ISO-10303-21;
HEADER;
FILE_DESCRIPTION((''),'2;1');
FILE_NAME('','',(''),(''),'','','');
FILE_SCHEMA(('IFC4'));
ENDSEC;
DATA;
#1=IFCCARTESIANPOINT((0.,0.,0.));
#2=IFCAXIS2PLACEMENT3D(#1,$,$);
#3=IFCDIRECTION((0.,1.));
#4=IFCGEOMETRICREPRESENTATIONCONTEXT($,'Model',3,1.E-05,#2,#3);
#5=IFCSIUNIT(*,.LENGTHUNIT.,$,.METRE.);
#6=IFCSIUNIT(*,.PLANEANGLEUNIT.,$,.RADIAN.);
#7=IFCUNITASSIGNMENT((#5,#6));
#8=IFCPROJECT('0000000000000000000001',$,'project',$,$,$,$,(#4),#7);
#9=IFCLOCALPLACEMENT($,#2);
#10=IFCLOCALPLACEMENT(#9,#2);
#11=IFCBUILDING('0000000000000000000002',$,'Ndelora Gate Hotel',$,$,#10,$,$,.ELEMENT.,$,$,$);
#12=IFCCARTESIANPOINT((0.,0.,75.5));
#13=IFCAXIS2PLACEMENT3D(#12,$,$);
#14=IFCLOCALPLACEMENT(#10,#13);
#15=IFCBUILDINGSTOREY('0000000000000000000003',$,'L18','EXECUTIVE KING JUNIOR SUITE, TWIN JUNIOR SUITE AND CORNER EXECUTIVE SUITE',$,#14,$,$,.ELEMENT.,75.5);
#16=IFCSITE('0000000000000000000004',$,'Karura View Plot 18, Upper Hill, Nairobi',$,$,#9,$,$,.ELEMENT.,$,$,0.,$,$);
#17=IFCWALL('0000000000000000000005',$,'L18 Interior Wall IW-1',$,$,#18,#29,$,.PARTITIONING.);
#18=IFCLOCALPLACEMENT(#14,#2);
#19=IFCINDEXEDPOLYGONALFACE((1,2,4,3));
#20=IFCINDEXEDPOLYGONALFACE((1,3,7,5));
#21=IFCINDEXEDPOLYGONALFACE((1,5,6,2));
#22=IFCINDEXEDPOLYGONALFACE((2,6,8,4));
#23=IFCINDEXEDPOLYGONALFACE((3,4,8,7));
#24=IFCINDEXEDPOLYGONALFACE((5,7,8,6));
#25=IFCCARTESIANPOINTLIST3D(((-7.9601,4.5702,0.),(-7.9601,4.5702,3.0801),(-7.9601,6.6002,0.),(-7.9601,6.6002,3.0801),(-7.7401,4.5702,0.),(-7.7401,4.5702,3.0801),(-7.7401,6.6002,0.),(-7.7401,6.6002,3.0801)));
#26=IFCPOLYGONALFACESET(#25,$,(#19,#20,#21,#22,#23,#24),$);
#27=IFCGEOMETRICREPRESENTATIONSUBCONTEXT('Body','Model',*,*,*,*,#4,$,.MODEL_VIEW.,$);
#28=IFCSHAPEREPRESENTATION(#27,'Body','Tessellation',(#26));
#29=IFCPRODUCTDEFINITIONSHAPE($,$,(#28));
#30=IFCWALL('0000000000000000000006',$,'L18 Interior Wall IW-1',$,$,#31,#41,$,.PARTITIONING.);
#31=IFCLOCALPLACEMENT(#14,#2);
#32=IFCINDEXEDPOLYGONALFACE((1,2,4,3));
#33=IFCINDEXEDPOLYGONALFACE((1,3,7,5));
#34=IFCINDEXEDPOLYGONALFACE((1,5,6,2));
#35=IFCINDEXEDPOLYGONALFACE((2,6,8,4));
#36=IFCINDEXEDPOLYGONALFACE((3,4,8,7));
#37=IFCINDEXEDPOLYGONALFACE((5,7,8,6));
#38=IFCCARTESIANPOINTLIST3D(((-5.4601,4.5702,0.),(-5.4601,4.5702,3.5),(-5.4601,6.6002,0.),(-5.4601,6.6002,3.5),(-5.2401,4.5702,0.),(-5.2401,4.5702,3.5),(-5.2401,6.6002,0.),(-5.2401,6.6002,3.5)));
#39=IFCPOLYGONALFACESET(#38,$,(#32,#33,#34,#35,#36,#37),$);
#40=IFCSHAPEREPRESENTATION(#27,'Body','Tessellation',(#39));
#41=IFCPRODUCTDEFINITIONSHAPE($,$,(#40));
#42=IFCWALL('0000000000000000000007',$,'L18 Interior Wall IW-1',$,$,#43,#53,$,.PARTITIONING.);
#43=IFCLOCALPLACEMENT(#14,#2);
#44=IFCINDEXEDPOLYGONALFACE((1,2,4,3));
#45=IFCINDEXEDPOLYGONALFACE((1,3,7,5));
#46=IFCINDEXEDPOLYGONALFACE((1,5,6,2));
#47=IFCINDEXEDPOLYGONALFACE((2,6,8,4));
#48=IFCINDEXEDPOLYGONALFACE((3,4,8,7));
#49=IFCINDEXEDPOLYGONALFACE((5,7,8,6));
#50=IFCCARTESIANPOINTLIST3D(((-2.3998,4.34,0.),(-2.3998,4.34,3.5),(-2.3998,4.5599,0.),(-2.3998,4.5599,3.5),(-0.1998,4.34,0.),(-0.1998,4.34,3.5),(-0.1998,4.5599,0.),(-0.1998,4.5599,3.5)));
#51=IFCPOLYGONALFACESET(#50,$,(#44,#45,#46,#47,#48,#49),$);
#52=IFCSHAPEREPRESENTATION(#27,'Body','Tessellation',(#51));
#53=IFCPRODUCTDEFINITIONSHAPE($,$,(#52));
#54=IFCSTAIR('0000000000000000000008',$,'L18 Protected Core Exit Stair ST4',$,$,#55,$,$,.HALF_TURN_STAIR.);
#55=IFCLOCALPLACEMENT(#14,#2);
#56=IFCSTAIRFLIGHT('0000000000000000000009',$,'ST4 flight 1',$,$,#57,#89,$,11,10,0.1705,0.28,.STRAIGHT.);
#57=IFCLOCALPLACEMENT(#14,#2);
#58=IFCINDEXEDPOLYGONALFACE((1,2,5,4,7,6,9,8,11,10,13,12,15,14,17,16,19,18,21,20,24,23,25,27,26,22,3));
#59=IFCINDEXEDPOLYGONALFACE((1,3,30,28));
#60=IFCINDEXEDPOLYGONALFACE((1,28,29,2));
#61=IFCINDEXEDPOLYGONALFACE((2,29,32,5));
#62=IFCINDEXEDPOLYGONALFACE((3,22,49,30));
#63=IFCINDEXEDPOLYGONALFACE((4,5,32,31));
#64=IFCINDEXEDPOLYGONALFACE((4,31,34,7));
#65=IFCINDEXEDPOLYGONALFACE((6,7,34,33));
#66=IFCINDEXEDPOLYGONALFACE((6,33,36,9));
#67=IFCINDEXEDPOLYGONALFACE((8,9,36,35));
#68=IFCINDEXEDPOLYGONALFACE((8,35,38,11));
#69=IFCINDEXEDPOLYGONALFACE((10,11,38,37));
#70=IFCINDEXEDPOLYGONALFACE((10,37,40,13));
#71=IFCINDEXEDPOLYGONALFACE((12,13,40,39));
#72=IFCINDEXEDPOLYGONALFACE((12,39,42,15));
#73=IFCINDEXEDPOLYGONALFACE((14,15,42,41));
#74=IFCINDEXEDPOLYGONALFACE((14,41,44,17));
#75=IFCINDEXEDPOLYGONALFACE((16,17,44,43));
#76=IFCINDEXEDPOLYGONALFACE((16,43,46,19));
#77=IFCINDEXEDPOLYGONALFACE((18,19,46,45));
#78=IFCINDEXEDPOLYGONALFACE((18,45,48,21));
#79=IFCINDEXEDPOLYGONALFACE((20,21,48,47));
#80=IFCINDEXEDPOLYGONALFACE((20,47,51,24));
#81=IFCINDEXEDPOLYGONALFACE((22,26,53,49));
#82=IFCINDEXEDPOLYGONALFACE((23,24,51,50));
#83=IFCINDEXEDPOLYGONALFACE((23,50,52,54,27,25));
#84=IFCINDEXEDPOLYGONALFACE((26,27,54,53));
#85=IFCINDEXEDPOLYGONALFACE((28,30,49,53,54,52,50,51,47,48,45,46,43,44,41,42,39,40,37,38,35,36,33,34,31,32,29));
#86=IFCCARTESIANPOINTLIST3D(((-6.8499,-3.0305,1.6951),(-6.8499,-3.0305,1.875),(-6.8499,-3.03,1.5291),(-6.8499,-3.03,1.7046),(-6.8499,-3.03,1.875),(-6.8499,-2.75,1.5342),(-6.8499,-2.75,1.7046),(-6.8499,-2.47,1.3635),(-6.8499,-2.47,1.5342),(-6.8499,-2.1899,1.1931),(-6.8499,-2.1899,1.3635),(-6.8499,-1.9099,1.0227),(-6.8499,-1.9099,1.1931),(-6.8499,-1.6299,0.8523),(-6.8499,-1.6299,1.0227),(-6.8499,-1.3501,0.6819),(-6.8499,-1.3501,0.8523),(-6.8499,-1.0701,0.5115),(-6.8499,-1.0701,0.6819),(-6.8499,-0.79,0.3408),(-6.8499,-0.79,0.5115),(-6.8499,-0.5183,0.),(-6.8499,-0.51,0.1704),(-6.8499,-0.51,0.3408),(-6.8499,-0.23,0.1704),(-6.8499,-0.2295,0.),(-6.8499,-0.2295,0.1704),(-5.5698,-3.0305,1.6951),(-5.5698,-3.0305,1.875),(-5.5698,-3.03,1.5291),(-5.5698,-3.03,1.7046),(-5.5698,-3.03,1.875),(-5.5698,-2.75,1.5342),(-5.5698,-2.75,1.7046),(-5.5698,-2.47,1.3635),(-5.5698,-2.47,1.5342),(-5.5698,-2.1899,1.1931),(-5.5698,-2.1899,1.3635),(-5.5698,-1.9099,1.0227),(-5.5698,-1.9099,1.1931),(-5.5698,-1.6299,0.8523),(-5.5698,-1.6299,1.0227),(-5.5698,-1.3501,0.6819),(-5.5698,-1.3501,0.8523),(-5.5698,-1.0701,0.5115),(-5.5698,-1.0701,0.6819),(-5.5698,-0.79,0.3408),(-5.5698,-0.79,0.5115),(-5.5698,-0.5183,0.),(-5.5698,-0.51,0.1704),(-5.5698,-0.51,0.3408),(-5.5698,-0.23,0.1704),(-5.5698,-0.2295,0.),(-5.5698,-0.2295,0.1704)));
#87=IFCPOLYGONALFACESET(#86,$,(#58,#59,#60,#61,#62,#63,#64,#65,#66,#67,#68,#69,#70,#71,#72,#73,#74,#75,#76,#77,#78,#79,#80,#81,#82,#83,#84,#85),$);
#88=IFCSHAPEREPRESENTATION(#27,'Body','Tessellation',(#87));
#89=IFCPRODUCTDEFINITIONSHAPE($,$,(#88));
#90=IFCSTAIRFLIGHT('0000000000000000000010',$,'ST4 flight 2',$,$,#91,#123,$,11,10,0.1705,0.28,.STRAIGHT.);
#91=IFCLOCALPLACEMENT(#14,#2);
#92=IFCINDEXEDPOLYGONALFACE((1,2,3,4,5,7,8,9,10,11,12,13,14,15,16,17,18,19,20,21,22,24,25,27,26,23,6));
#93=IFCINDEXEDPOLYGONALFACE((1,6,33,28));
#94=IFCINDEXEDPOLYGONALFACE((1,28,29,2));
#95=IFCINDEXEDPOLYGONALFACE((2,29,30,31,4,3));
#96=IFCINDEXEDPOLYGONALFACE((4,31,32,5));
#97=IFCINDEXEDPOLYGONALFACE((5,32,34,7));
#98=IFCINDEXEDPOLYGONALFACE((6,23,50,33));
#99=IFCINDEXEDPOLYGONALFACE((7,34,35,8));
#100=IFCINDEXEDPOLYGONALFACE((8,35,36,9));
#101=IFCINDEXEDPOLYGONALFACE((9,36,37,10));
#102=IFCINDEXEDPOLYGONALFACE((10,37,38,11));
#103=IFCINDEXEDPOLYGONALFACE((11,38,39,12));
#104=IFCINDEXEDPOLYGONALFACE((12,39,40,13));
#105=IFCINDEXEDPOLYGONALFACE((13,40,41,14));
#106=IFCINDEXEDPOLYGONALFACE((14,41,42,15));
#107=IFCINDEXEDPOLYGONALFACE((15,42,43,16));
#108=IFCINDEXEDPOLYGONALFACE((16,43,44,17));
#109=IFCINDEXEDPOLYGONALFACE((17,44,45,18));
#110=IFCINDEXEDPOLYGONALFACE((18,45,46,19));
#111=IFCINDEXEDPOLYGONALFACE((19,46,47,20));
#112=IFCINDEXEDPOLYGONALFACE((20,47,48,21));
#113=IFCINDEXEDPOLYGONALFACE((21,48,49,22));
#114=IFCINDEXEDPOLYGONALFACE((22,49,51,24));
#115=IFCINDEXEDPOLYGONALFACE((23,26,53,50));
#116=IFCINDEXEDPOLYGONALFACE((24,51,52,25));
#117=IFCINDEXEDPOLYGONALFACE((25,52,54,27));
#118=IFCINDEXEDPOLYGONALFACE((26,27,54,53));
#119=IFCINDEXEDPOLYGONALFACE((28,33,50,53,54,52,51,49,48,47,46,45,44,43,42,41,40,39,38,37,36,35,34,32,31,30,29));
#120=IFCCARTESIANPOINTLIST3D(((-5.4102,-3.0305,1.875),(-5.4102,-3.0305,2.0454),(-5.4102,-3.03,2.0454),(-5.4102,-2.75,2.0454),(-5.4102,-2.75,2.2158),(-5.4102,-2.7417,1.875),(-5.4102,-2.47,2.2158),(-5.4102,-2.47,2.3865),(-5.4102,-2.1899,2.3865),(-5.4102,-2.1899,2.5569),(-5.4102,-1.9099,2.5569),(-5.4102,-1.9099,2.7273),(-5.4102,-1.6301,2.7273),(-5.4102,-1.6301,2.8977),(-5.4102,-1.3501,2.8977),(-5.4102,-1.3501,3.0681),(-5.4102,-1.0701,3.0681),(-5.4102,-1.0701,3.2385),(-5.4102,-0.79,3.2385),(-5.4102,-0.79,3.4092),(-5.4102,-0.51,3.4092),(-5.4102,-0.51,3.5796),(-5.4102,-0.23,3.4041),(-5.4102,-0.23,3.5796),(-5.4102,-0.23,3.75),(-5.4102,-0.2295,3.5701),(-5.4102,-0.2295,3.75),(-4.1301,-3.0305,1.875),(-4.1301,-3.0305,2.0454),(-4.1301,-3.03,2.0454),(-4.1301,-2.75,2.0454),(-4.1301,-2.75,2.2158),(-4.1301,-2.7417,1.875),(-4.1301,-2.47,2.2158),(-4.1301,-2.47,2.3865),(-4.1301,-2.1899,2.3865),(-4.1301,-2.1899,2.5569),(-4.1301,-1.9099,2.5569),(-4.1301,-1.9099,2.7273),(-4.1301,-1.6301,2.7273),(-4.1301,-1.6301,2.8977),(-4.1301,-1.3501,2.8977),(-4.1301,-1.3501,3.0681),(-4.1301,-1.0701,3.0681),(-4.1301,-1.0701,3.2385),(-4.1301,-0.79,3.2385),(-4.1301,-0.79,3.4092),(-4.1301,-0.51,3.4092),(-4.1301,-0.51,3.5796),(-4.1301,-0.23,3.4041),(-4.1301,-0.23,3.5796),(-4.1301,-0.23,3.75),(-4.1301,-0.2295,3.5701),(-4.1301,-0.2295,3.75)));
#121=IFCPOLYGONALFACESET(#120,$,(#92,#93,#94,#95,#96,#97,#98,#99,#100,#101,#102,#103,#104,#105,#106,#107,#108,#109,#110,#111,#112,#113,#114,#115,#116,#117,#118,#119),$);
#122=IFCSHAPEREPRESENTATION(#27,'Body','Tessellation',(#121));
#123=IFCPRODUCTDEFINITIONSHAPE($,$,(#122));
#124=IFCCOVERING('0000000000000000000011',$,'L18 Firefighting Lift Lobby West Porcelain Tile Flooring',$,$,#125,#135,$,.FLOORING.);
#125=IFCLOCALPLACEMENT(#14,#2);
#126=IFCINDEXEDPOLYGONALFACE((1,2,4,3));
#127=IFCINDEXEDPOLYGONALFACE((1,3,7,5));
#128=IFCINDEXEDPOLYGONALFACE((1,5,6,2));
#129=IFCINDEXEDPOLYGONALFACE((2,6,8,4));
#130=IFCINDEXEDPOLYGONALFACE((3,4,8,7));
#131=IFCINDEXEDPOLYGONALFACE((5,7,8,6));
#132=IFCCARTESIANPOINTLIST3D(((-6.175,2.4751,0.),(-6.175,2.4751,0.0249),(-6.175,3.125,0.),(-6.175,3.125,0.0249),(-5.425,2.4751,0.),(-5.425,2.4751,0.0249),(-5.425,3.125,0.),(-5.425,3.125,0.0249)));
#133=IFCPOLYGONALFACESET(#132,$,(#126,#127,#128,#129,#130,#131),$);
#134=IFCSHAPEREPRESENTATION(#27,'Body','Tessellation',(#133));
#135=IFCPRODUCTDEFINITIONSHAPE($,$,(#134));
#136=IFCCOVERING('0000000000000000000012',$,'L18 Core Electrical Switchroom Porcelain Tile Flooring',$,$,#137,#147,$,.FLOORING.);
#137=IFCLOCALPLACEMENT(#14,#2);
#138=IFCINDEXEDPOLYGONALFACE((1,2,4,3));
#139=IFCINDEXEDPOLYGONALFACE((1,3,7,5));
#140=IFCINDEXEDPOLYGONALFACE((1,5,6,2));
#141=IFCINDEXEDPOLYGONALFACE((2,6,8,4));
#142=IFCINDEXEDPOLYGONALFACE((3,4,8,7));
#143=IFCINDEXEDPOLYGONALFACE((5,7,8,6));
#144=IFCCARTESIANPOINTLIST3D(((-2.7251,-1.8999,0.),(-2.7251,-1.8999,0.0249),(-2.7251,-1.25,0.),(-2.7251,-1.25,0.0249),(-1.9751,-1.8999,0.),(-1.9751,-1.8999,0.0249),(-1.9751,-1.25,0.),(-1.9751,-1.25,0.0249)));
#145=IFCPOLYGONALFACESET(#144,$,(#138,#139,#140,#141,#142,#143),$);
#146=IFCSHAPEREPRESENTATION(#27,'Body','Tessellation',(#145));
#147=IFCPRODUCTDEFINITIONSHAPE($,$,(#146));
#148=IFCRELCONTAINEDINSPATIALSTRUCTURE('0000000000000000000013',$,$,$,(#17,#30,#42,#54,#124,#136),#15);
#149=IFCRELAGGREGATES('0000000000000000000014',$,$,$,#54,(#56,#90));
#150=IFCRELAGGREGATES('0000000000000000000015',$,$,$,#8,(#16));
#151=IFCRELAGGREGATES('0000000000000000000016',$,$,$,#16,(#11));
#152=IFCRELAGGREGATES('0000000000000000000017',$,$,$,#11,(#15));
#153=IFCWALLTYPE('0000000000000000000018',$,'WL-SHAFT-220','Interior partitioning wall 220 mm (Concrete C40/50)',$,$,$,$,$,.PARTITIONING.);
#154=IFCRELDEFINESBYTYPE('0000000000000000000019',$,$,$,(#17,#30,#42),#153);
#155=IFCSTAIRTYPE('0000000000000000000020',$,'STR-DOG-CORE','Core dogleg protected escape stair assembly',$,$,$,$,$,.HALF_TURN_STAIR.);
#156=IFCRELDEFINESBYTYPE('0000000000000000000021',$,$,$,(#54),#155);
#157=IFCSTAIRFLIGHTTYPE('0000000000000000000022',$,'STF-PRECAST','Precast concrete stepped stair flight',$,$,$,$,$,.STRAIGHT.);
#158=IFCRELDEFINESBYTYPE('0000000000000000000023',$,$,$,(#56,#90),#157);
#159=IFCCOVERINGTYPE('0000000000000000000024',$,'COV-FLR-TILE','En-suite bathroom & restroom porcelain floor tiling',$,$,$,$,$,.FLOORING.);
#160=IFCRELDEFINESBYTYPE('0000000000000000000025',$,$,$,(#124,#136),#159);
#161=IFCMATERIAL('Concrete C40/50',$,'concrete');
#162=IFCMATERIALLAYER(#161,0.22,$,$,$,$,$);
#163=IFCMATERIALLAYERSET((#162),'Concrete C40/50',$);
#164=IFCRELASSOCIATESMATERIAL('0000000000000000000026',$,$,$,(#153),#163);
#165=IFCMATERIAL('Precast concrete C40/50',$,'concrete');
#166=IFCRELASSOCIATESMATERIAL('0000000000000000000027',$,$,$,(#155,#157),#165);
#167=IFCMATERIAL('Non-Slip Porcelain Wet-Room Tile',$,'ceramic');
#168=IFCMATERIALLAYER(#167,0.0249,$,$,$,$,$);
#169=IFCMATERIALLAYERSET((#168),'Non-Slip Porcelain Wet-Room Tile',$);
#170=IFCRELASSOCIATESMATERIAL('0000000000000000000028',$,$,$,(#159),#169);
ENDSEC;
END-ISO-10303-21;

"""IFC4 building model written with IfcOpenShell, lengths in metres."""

from ifc_helpers import new_model, si_unit, direction, frame, frame_2d, origin, origin_2d, place, context, subcontext, project, spatial, polyline, rectangle, outline, extrude, material, layer, layer_set, type_object, element, aggregate, save


model = new_model("IFC4")

# Units and contexts
model_context = context("Model", 3, precision=1e-05, world=origin(), true_north=direction((0.0, 1.0)))
body_context = subcontext(model_context, "Body", "Model", "MODEL_VIEW")
ifc_project = project(units=[si_unit("LENGTHUNIT", "METRE"), si_unit("PLANEANGLEUNIT", "RADIAN")], contexts=[model_context])

# Site, building, storey
site_placement = place(None, origin())
site = spatial("IfcSite", under=ifc_project, at=site_placement, Name="Karura View Plot 18, Upper Hill, Nairobi", CompositionType="ELEMENT", RefElevation=0.0)
building_placement = place(site_placement, origin())
building = spatial("IfcBuilding", under=site, at=building_placement, Name="Ndelora Gate Hotel", CompositionType="ELEMENT")
storey_placement = place(building_placement, frame((0.0, 0.0, 75.5)))
storey = spatial("IfcBuildingStorey", under=building, at=storey_placement, Name="L18", Description="EXECUTIVE KING JUNIOR SUITE, TWIN JUNIOR SUITE AND CORNER EXECUTIVE SUITE", CompositionType="ELEMENT", Elevation=75.5)

# Shared definitions
ifc_material_1 = material(Name="Concrete C40/50", Category="concrete")

# Walls
ifc_layer_1 = layer(ifc_material_1, 0.22)
ifc_layer_set_1 = layer_set([ifc_layer_1], Name="Concrete C40/50")
wall_type_1 = type_object("IfcWallType", Name="WL-SHAFT-220", Description="Interior partitioning wall 220 mm (Concrete C40/50)", PredefinedType="PARTITIONING", material=ifc_layer_set_1)
wall_1_placement = place(storey_placement, frame((-7.8501, 4.5701, 0.0), z_axis=(0.0, 0.0, 1.0), x_axis=(0.0, 1.0, 0.0)))
element("IfcWall", 1, at=wall_1_placement, inside=storey, type_object=wall_type_1, Name="L18 Interior Wall IW-1", PredefinedType="PARTITIONING", context=body_context, shape_type="SweptSolid", body=[
    extrude(rectangle(XDim=2.03, YDim=0.22, at=frame_2d((1.0151, 0.0))), origin(), (0.0, 0.0, 1.0), 3.0801),
])
wall_2_placement = place(storey_placement, frame((-5.3501, 4.5701, 0.0), z_axis=(0.0, 0.0, 1.0), x_axis=(0.0, 1.0, 0.0)))
element("IfcWall", 2, at=wall_2_placement, inside=storey, type_object=wall_type_1, Name="L18 Interior Wall IW-1", PredefinedType="PARTITIONING", context=body_context, shape_type="SweptSolid", body=[
    extrude(rectangle(XDim=2.03, YDim=0.22, at=frame_2d((1.0151, 0.0))), origin(), (0.0, 0.0, 1.0), 3.5),
])

# Wall
wall_3_placement = place(storey_placement, frame((-2.3999, 4.45, 0.0), z_axis=(0.0, 0.0, 1.0), x_axis=(1.0, 0.0, 0.0)))
element("IfcWall", 3, at=wall_3_placement, inside=storey, type_object=wall_type_1, Name="L18 Interior Wall IW-1", PredefinedType="PARTITIONING", context=body_context, shape_type="SweptSolid", body=[
    extrude(rectangle(XDim=2.2, YDim=0.22, at=frame_2d((1.1001, 0.0))), origin(), (0.0, 0.0, 1.0), 3.5),
])

# Stair, stair flights
ifc_material_2 = material(Name="Precast concrete C40/50", Category="concrete")
stair_type = type_object("IfcStairType", Name="STR-DOG-CORE", Description="Core dogleg protected escape stair assembly", PredefinedType="HALF_TURN_STAIR", material=ifc_material_2)
stair_placement = place(storey_placement, origin())
stair = element("IfcStair", 4, at=stair_placement, inside=storey, type_object=stair_type, Name="L18 Protected Core Exit Stair ST4", PredefinedType="HALF_TURN_STAIR")
stair_flight_type = type_object("IfcStairFlightType", Name="STF-PRECAST", Description="Precast concrete stepped stair flight", PredefinedType="STRAIGHT", material=ifc_material_2)
stair_flight_1_placement = place(storey_placement, frame((-6.21, -0.23, 0.0), z_axis=(0.0, 0.0, 1.0), x_axis=(0.0, -1.0, 0.0)))
stair_flight_1 = element("IfcStairFlight", 5, at=stair_flight_1_placement, type_object=stair_flight_type, Name="ST4 flight 1", NumberOfRisers=11, NumberOfTreads=10, PredefinedType="STRAIGHT", RiserHeight=0.1705, TreadLength=0.28, context=body_context, shape_type="SweptSolid", body=[
    extrude(outline(polyline([(-0.0005, 0.0), (-0.0005, 0.1704), (0.0, 0.1704), (0.28, 0.1704), (0.28, 0.3408), (0.5601, 0.3408), (0.5601, 0.5115), (0.8401, 0.5115), (0.8401, 0.6819), (1.1201, 0.6819), (1.1201, 0.8523), (1.3999, 0.8523), (1.3999, 1.0227), (1.6799, 1.0227), (1.6799, 1.1931), (1.96, 1.1931), (1.96, 1.3635), (2.24, 1.3635), (2.24, 1.5342), (2.52, 1.5342), (2.52, 1.7046), (2.8, 1.7046), (2.8, 1.875), (2.8005, 1.875), (2.8005, 1.6951), (2.8, 1.5291), (0.2883, 0.0), (-0.0005, 0.0)])), frame((0.0, 0.6401, 0.0), z_axis=(0.0, -1.0, 0.0), x_axis=(1.0, 0.0, 0.0)), (0.0, 0.0, 1.0), 1.28),
])
stair_flight_2_placement = place(storey_placement, frame((-4.77, -3.03, 1.875), z_axis=(0.0, 0.0, 1.0), x_axis=(0.0, 1.0, 0.0)))
stair_flight_2 = element("IfcStairFlight", 6, at=stair_flight_2_placement, type_object=stair_flight_type, Name="ST4 flight 2", NumberOfRisers=11, NumberOfTreads=10, PredefinedType="STRAIGHT", RiserHeight=0.1705, TreadLength=0.28, context=body_context, shape_type="SweptSolid", body=[
    extrude(outline(polyline([(-0.0005, 0.0), (-0.0005, 0.1704), (0.0, 0.1704), (0.28, 0.1704), (0.28, 0.3408), (0.5601, 0.3408), (0.5601, 0.5115), (0.8401, 0.5115), (0.8401, 0.6819), (1.1201, 0.6819), (1.1201, 0.8523), (1.3999, 0.8523), (1.3999, 1.0227), (1.6799, 1.0227), (1.6799, 1.1931), (1.96, 1.1931), (1.96, 1.3635), (2.24, 1.3635), (2.24, 1.5342), (2.52, 1.5342), (2.52, 1.7046), (2.8, 1.7046), (2.8, 1.875), (2.8005, 1.875), (2.8005, 1.6951), (2.8, 1.5291), (0.2883, 0.0), (-0.0005, 0.0)])), frame((0.0, 0.6401, 0.0), z_axis=(0.0, -1.0, 0.0), x_axis=(1.0, 0.0, 0.0)), (0.0, 0.0, 1.0), 1.28),
])
aggregate(stair, [stair_flight_1, stair_flight_2])

# Coverings
ifc_material_3 = material(Name="Non-Slip Porcelain Wet-Room Tile", Category="ceramic")
ifc_layer_2 = layer(ifc_material_3, 0.0249)
ifc_layer_set_2 = layer_set([ifc_layer_2], Name="Non-Slip Porcelain Wet-Room Tile")
covering_type = type_object("IfcCoveringType", Name="COV-FLR-TILE", Description="En-suite bathroom & restroom porcelain floor tiling", PredefinedType="FLOORING", material=ifc_layer_set_2)
for number, where, z_axis, x_axis, name in (
    (7, (-5.8, 2.8, 0.0), (0.0, 0.0, 1.0), (1.0, 0.0, 0.0), "L18 Firefighting Lift Lobby West Porcelain Tile Flooring"),
    (8, (-2.3501, -1.575, 0.0), (0.0, 0.0, 1.0), (1.0, 0.0, 0.0), "L18 Core Electrical Switchroom Porcelain Tile Flooring"),
):
    element("IfcCovering", number, at=place(storey_placement, frame(where, z_axis=z_axis, x_axis=x_axis)), inside=storey, type_object=covering_type, Name=name, PredefinedType="FLOORING", context=body_context, shape_type="SweptSolid", body=[
        extrude(rectangle(XDim=0.75, YDim=0.6499, at=origin_2d()), origin(), (0.0, 0.0, 1.0), 0.0249),
    ])

save(model, "model.ifc")
